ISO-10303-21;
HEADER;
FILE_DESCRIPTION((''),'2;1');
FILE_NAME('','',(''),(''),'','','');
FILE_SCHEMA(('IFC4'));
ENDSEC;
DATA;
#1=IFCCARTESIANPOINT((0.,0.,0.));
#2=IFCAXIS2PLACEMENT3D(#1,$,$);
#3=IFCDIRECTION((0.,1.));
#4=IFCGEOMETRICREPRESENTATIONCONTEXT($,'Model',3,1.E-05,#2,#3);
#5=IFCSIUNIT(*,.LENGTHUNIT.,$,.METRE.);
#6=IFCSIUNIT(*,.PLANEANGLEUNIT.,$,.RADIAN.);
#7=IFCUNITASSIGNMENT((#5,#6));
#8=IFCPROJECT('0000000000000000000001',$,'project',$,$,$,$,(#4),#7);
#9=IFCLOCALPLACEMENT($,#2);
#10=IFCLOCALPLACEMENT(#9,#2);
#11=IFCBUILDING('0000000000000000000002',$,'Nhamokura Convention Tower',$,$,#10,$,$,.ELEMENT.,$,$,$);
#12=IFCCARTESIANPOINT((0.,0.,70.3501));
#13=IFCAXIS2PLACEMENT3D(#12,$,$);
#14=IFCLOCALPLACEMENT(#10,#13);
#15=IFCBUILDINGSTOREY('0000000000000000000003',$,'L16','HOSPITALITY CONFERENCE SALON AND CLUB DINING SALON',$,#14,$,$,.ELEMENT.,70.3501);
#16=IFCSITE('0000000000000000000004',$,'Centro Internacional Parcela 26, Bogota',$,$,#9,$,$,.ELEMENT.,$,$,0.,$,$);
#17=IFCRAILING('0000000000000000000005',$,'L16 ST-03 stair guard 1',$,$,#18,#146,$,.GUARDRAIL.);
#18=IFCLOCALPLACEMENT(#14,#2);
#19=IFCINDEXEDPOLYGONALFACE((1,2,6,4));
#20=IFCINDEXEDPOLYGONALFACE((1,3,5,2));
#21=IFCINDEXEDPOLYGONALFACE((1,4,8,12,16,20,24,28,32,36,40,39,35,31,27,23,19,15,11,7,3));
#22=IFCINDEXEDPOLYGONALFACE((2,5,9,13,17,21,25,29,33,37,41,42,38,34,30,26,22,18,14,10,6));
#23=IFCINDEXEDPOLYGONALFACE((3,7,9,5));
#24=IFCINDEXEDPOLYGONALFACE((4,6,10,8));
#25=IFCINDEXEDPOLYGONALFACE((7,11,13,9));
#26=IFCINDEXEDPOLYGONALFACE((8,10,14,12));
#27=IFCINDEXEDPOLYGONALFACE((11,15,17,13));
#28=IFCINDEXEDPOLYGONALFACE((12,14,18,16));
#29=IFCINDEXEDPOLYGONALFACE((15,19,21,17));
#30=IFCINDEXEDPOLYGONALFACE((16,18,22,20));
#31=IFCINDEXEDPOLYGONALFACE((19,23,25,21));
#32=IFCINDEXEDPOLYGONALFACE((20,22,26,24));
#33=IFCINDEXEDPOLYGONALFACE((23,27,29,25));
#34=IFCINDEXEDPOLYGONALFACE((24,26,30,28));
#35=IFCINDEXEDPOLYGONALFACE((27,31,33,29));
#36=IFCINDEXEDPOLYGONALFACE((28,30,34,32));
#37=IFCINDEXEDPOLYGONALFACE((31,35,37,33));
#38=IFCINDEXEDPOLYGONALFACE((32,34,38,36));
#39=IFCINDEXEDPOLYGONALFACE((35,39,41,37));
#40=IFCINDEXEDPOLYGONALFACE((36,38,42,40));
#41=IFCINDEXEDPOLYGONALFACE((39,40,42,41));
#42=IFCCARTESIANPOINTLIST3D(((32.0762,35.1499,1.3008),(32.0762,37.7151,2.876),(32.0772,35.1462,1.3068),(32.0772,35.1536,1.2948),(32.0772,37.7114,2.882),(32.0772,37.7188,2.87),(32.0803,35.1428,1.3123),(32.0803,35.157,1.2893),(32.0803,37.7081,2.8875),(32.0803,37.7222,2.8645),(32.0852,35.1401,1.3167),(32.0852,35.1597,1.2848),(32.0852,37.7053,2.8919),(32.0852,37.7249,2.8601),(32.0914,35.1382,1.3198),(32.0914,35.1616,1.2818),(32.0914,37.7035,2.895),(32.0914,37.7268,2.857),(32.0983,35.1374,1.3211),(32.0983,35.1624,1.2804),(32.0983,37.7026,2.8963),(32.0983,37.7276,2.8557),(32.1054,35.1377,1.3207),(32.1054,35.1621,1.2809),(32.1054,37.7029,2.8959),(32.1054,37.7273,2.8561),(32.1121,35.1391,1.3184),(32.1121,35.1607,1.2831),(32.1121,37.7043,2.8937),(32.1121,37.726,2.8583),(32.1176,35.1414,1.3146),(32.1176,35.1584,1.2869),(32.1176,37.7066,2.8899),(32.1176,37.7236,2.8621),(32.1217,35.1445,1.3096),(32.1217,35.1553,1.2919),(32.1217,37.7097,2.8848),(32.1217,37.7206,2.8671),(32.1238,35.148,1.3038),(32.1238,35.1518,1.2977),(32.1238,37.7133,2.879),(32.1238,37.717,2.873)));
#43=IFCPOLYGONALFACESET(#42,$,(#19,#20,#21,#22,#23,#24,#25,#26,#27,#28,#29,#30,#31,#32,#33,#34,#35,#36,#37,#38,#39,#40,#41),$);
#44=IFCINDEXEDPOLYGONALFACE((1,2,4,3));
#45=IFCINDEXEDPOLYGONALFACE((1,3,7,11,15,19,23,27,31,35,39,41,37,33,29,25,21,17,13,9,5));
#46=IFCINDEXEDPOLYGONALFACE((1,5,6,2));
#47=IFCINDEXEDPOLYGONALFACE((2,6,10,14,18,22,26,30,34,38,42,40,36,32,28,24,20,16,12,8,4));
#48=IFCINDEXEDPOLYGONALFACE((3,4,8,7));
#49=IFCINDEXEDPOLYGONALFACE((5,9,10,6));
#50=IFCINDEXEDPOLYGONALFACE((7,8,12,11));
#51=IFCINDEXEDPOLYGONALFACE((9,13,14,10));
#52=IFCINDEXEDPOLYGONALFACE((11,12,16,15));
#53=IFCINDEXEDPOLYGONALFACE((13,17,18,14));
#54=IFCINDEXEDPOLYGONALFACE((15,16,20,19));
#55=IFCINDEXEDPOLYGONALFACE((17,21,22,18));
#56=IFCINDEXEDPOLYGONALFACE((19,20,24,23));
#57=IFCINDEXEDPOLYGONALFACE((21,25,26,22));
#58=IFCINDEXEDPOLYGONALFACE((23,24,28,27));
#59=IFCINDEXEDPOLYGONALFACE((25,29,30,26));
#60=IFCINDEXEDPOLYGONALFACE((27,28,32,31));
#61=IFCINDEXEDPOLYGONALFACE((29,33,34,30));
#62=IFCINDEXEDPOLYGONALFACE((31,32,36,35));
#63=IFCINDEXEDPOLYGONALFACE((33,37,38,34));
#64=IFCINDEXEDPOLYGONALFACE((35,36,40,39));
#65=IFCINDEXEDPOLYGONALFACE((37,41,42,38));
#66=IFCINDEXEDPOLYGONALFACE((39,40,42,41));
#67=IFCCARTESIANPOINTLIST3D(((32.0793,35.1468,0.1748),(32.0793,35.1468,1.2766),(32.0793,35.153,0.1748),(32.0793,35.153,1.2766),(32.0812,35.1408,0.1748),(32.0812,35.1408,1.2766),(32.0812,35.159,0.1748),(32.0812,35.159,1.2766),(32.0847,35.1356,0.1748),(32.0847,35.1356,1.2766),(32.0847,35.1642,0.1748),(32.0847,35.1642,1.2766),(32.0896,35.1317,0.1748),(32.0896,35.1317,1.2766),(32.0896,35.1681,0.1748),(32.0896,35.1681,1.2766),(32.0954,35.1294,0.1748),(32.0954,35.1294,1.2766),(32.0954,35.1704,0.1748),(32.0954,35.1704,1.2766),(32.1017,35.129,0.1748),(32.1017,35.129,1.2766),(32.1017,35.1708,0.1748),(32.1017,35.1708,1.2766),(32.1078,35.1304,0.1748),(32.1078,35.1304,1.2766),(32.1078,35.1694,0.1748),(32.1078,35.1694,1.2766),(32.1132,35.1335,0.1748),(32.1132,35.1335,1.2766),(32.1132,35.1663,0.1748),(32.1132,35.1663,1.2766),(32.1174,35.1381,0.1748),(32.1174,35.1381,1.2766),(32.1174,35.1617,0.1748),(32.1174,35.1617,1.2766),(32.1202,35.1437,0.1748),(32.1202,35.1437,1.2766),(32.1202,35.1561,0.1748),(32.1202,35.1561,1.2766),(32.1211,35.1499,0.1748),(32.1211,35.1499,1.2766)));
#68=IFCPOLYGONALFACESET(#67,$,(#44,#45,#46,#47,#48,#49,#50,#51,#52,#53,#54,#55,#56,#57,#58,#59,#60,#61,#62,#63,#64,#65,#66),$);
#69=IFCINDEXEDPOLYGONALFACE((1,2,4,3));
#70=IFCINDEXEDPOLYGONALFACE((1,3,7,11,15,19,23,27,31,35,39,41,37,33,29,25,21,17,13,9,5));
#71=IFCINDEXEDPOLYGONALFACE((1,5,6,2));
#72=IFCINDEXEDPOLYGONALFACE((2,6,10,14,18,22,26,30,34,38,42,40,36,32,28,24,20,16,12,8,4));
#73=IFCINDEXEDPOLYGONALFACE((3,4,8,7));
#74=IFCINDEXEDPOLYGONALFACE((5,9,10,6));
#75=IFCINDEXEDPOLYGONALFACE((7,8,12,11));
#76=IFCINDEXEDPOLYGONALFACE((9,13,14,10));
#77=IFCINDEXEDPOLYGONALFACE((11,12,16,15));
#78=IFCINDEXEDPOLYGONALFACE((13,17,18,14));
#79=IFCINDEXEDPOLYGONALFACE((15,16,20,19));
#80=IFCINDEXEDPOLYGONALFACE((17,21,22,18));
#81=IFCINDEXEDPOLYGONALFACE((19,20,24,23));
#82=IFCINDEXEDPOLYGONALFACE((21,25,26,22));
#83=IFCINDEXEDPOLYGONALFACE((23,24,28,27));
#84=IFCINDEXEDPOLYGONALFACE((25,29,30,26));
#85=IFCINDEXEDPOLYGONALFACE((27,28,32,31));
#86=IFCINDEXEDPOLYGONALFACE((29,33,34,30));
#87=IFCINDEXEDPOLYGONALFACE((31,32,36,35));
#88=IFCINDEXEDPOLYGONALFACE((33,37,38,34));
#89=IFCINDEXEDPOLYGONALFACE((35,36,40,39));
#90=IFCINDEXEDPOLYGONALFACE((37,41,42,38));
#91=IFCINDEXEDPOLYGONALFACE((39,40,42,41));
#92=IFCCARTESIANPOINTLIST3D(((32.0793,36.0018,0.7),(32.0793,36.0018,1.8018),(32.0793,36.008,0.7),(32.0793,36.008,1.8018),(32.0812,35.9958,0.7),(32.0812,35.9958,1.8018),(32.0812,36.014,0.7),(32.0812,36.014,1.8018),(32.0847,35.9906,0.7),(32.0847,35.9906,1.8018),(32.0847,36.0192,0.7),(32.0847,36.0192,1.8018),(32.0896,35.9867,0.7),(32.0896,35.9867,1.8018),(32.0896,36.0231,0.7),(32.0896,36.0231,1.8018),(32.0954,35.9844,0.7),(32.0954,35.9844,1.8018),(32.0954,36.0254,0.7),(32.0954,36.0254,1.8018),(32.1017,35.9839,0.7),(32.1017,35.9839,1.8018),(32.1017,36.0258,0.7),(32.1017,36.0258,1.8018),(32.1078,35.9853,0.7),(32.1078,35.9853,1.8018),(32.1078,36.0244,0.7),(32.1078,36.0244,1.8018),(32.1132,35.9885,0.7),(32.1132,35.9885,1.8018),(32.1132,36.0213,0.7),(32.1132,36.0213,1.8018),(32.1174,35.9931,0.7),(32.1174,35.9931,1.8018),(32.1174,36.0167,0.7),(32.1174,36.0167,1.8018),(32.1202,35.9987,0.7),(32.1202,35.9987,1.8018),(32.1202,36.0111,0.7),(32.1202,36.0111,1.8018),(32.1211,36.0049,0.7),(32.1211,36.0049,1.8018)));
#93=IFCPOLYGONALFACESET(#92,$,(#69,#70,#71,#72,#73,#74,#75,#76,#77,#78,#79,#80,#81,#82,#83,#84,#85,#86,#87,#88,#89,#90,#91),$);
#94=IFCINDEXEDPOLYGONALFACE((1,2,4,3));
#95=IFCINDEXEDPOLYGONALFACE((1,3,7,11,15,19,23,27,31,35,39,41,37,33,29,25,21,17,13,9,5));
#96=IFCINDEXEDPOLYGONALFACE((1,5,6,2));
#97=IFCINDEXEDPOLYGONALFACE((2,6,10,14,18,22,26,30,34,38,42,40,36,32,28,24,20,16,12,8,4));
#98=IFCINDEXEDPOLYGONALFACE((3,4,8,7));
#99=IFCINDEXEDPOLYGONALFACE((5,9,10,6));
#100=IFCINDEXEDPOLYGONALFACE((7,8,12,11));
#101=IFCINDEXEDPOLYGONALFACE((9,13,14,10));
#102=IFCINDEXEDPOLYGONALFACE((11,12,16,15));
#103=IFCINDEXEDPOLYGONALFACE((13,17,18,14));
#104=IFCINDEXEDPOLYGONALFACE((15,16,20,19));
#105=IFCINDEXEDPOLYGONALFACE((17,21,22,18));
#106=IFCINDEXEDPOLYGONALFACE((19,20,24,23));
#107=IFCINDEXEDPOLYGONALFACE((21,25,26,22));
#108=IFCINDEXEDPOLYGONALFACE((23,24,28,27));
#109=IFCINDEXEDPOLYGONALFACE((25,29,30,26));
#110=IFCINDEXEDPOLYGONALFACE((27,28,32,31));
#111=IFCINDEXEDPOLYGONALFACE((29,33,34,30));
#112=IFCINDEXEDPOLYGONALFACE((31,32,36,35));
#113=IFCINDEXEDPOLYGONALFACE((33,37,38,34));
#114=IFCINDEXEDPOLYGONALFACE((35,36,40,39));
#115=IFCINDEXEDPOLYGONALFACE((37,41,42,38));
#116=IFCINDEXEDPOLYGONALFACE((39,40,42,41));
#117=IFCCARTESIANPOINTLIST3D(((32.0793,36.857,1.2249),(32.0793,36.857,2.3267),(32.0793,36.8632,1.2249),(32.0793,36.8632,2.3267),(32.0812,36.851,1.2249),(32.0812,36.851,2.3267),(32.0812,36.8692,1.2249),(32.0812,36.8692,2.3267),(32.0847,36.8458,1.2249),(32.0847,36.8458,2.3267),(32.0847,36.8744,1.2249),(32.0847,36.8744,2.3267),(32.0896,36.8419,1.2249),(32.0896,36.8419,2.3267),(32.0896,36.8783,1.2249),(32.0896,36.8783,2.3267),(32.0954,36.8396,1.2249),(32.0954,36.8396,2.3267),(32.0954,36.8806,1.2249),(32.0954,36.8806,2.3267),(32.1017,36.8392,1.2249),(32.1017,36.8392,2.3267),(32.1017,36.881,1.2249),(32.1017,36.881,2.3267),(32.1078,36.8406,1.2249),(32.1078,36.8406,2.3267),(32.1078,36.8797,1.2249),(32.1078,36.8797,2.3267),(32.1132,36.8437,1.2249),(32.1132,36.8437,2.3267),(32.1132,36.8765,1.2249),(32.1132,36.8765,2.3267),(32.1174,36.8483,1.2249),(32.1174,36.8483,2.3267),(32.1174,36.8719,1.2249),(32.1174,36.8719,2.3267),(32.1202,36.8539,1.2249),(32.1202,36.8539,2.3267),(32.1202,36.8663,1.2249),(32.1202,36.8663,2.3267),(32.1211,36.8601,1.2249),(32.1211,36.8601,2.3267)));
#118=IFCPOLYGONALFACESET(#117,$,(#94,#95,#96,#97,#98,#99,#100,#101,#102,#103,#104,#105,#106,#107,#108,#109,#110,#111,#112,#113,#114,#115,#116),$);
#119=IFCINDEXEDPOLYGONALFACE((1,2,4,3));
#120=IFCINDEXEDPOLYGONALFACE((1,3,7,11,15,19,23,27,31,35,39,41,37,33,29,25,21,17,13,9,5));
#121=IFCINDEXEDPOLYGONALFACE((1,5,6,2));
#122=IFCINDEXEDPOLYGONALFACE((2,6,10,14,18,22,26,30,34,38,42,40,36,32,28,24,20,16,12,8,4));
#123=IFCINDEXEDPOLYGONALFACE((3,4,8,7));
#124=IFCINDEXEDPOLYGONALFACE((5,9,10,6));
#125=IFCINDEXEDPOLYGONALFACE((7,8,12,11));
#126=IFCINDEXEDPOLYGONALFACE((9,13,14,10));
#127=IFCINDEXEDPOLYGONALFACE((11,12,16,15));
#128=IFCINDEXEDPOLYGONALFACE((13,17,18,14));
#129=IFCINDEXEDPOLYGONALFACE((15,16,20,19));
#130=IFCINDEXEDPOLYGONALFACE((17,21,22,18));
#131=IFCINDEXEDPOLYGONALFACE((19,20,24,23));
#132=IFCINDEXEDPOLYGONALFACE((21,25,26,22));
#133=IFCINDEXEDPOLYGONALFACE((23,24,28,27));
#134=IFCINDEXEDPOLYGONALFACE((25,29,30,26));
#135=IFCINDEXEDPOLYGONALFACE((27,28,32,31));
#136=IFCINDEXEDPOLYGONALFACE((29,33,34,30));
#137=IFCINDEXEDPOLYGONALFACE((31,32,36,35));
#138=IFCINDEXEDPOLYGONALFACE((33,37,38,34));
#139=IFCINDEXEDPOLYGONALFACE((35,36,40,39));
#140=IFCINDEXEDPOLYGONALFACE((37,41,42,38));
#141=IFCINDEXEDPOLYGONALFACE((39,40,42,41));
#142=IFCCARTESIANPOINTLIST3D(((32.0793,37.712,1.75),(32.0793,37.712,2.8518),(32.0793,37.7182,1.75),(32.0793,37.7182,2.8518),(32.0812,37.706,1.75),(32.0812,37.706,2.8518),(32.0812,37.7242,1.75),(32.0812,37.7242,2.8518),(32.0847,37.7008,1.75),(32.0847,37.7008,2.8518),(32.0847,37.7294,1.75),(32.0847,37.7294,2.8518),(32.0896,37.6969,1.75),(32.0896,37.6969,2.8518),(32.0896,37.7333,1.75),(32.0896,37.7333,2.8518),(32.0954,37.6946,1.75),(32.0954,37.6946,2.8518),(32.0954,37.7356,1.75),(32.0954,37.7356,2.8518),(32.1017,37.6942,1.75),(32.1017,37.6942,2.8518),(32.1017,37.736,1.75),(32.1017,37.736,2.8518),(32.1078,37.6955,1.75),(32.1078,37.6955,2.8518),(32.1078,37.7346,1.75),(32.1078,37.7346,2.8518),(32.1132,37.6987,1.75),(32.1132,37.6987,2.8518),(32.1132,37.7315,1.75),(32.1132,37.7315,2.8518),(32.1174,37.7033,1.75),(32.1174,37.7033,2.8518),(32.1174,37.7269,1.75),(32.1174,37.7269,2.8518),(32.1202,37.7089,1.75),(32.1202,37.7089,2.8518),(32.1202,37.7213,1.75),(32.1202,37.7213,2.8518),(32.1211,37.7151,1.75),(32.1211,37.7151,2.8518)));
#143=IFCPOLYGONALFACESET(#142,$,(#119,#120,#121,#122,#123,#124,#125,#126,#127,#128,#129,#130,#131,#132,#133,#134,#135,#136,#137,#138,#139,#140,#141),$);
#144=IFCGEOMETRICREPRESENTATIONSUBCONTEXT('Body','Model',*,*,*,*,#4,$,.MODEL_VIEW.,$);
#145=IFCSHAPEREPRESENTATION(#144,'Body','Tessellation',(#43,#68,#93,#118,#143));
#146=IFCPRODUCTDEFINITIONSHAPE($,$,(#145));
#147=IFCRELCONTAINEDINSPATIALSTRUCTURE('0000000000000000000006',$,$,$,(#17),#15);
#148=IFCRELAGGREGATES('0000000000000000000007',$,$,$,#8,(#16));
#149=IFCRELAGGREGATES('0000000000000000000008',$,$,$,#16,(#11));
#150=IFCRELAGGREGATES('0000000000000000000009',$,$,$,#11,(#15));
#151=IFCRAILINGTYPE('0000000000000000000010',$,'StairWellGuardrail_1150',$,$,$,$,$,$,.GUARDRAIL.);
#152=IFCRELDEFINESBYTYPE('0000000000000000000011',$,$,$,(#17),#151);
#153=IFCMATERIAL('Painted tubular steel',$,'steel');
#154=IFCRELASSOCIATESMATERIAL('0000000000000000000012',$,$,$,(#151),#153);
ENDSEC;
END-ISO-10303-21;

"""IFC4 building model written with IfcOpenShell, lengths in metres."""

from ifc_helpers import new_model, si_unit, direction, frame, origin, origin_2d, place, context, subcontext, project, spatial, circle, extrude, material, type_object, element, save


model = new_model("IFC4")

# Units and contexts
model_context = context("Model", 3, precision=1e-05, world=origin(), true_north=direction((0.0, 1.0)))
body_context = subcontext(model_context, "Body", "Model", "MODEL_VIEW")
ifc_project = project(units=[si_unit("LENGTHUNIT", "METRE"), si_unit("PLANEANGLEUNIT", "RADIAN")], contexts=[model_context])

# Site, building, storey
site_placement = place(None, origin())
site = spatial("IfcSite", under=ifc_project, at=site_placement, Name="Centro Internacional Parcela 26, Bogota", CompositionType="ELEMENT", RefElevation=0.0)
building_placement = place(site_placement, origin())
building = spatial("IfcBuilding", under=site, at=building_placement, Name="Nhamokura Convention Tower", CompositionType="ELEMENT")
storey_placement = place(building_placement, frame((0.0, 0.0, 70.3501)))
storey = spatial("IfcBuildingStorey", under=building, at=storey_placement, Name="L16", Description="HOSPITALITY CONFERENCE SALON AND CLUB DINING SALON", CompositionType="ELEMENT", Elevation=70.3501)

# Railing
ifc_material_1 = material(Name="Painted tubular steel", Category="steel")
railing_type_1 = type_object("IfcRailingType", Name="StairWellGuardrail_1150", PredefinedType="GUARDRAIL", material=ifc_material_1)
railing_1_placement = place(storey_placement, frame((32.1001, 35.1499, 0.1748)))
element("IfcRailing", 1, at=railing_1_placement, inside=storey, type_object=railing_type_1, Name="L16 ST-03 stair guard 1", PredefinedType="GUARDRAIL", context=body_context, shape_type="SweptSolid", body=[
    extrude(circle(Radius=0.0239, at=origin_2d()), frame((0.0, 0.0, 1.126), z_axis=(0.0, 0.852159, 0.523283), x_axis=(-1.0, 0.0, 0.0)), (0.0, 0.0, 1.0), 3.0103),
    extrude(circle(Radius=0.021, at=origin_2d()), origin(), (0.0, 0.0, 1.0), 1.1018),
    extrude(circle(Radius=0.021, at=origin_2d()), frame((0.0, 0.855, 0.5251)), (0.0, 0.0, 1.0), 1.1018),
    extrude(circle(Radius=0.021, at=origin_2d()), frame((0.0, 1.7102, 1.05)), (0.0, 0.0, 1.0), 1.1018),
    extrude(circle(Radius=0.021, at=origin_2d()), frame((0.0, 2.5652, 1.5752)), (0.0, 0.0, 1.0), 1.1018),
])

save(model, "model.ifc")
